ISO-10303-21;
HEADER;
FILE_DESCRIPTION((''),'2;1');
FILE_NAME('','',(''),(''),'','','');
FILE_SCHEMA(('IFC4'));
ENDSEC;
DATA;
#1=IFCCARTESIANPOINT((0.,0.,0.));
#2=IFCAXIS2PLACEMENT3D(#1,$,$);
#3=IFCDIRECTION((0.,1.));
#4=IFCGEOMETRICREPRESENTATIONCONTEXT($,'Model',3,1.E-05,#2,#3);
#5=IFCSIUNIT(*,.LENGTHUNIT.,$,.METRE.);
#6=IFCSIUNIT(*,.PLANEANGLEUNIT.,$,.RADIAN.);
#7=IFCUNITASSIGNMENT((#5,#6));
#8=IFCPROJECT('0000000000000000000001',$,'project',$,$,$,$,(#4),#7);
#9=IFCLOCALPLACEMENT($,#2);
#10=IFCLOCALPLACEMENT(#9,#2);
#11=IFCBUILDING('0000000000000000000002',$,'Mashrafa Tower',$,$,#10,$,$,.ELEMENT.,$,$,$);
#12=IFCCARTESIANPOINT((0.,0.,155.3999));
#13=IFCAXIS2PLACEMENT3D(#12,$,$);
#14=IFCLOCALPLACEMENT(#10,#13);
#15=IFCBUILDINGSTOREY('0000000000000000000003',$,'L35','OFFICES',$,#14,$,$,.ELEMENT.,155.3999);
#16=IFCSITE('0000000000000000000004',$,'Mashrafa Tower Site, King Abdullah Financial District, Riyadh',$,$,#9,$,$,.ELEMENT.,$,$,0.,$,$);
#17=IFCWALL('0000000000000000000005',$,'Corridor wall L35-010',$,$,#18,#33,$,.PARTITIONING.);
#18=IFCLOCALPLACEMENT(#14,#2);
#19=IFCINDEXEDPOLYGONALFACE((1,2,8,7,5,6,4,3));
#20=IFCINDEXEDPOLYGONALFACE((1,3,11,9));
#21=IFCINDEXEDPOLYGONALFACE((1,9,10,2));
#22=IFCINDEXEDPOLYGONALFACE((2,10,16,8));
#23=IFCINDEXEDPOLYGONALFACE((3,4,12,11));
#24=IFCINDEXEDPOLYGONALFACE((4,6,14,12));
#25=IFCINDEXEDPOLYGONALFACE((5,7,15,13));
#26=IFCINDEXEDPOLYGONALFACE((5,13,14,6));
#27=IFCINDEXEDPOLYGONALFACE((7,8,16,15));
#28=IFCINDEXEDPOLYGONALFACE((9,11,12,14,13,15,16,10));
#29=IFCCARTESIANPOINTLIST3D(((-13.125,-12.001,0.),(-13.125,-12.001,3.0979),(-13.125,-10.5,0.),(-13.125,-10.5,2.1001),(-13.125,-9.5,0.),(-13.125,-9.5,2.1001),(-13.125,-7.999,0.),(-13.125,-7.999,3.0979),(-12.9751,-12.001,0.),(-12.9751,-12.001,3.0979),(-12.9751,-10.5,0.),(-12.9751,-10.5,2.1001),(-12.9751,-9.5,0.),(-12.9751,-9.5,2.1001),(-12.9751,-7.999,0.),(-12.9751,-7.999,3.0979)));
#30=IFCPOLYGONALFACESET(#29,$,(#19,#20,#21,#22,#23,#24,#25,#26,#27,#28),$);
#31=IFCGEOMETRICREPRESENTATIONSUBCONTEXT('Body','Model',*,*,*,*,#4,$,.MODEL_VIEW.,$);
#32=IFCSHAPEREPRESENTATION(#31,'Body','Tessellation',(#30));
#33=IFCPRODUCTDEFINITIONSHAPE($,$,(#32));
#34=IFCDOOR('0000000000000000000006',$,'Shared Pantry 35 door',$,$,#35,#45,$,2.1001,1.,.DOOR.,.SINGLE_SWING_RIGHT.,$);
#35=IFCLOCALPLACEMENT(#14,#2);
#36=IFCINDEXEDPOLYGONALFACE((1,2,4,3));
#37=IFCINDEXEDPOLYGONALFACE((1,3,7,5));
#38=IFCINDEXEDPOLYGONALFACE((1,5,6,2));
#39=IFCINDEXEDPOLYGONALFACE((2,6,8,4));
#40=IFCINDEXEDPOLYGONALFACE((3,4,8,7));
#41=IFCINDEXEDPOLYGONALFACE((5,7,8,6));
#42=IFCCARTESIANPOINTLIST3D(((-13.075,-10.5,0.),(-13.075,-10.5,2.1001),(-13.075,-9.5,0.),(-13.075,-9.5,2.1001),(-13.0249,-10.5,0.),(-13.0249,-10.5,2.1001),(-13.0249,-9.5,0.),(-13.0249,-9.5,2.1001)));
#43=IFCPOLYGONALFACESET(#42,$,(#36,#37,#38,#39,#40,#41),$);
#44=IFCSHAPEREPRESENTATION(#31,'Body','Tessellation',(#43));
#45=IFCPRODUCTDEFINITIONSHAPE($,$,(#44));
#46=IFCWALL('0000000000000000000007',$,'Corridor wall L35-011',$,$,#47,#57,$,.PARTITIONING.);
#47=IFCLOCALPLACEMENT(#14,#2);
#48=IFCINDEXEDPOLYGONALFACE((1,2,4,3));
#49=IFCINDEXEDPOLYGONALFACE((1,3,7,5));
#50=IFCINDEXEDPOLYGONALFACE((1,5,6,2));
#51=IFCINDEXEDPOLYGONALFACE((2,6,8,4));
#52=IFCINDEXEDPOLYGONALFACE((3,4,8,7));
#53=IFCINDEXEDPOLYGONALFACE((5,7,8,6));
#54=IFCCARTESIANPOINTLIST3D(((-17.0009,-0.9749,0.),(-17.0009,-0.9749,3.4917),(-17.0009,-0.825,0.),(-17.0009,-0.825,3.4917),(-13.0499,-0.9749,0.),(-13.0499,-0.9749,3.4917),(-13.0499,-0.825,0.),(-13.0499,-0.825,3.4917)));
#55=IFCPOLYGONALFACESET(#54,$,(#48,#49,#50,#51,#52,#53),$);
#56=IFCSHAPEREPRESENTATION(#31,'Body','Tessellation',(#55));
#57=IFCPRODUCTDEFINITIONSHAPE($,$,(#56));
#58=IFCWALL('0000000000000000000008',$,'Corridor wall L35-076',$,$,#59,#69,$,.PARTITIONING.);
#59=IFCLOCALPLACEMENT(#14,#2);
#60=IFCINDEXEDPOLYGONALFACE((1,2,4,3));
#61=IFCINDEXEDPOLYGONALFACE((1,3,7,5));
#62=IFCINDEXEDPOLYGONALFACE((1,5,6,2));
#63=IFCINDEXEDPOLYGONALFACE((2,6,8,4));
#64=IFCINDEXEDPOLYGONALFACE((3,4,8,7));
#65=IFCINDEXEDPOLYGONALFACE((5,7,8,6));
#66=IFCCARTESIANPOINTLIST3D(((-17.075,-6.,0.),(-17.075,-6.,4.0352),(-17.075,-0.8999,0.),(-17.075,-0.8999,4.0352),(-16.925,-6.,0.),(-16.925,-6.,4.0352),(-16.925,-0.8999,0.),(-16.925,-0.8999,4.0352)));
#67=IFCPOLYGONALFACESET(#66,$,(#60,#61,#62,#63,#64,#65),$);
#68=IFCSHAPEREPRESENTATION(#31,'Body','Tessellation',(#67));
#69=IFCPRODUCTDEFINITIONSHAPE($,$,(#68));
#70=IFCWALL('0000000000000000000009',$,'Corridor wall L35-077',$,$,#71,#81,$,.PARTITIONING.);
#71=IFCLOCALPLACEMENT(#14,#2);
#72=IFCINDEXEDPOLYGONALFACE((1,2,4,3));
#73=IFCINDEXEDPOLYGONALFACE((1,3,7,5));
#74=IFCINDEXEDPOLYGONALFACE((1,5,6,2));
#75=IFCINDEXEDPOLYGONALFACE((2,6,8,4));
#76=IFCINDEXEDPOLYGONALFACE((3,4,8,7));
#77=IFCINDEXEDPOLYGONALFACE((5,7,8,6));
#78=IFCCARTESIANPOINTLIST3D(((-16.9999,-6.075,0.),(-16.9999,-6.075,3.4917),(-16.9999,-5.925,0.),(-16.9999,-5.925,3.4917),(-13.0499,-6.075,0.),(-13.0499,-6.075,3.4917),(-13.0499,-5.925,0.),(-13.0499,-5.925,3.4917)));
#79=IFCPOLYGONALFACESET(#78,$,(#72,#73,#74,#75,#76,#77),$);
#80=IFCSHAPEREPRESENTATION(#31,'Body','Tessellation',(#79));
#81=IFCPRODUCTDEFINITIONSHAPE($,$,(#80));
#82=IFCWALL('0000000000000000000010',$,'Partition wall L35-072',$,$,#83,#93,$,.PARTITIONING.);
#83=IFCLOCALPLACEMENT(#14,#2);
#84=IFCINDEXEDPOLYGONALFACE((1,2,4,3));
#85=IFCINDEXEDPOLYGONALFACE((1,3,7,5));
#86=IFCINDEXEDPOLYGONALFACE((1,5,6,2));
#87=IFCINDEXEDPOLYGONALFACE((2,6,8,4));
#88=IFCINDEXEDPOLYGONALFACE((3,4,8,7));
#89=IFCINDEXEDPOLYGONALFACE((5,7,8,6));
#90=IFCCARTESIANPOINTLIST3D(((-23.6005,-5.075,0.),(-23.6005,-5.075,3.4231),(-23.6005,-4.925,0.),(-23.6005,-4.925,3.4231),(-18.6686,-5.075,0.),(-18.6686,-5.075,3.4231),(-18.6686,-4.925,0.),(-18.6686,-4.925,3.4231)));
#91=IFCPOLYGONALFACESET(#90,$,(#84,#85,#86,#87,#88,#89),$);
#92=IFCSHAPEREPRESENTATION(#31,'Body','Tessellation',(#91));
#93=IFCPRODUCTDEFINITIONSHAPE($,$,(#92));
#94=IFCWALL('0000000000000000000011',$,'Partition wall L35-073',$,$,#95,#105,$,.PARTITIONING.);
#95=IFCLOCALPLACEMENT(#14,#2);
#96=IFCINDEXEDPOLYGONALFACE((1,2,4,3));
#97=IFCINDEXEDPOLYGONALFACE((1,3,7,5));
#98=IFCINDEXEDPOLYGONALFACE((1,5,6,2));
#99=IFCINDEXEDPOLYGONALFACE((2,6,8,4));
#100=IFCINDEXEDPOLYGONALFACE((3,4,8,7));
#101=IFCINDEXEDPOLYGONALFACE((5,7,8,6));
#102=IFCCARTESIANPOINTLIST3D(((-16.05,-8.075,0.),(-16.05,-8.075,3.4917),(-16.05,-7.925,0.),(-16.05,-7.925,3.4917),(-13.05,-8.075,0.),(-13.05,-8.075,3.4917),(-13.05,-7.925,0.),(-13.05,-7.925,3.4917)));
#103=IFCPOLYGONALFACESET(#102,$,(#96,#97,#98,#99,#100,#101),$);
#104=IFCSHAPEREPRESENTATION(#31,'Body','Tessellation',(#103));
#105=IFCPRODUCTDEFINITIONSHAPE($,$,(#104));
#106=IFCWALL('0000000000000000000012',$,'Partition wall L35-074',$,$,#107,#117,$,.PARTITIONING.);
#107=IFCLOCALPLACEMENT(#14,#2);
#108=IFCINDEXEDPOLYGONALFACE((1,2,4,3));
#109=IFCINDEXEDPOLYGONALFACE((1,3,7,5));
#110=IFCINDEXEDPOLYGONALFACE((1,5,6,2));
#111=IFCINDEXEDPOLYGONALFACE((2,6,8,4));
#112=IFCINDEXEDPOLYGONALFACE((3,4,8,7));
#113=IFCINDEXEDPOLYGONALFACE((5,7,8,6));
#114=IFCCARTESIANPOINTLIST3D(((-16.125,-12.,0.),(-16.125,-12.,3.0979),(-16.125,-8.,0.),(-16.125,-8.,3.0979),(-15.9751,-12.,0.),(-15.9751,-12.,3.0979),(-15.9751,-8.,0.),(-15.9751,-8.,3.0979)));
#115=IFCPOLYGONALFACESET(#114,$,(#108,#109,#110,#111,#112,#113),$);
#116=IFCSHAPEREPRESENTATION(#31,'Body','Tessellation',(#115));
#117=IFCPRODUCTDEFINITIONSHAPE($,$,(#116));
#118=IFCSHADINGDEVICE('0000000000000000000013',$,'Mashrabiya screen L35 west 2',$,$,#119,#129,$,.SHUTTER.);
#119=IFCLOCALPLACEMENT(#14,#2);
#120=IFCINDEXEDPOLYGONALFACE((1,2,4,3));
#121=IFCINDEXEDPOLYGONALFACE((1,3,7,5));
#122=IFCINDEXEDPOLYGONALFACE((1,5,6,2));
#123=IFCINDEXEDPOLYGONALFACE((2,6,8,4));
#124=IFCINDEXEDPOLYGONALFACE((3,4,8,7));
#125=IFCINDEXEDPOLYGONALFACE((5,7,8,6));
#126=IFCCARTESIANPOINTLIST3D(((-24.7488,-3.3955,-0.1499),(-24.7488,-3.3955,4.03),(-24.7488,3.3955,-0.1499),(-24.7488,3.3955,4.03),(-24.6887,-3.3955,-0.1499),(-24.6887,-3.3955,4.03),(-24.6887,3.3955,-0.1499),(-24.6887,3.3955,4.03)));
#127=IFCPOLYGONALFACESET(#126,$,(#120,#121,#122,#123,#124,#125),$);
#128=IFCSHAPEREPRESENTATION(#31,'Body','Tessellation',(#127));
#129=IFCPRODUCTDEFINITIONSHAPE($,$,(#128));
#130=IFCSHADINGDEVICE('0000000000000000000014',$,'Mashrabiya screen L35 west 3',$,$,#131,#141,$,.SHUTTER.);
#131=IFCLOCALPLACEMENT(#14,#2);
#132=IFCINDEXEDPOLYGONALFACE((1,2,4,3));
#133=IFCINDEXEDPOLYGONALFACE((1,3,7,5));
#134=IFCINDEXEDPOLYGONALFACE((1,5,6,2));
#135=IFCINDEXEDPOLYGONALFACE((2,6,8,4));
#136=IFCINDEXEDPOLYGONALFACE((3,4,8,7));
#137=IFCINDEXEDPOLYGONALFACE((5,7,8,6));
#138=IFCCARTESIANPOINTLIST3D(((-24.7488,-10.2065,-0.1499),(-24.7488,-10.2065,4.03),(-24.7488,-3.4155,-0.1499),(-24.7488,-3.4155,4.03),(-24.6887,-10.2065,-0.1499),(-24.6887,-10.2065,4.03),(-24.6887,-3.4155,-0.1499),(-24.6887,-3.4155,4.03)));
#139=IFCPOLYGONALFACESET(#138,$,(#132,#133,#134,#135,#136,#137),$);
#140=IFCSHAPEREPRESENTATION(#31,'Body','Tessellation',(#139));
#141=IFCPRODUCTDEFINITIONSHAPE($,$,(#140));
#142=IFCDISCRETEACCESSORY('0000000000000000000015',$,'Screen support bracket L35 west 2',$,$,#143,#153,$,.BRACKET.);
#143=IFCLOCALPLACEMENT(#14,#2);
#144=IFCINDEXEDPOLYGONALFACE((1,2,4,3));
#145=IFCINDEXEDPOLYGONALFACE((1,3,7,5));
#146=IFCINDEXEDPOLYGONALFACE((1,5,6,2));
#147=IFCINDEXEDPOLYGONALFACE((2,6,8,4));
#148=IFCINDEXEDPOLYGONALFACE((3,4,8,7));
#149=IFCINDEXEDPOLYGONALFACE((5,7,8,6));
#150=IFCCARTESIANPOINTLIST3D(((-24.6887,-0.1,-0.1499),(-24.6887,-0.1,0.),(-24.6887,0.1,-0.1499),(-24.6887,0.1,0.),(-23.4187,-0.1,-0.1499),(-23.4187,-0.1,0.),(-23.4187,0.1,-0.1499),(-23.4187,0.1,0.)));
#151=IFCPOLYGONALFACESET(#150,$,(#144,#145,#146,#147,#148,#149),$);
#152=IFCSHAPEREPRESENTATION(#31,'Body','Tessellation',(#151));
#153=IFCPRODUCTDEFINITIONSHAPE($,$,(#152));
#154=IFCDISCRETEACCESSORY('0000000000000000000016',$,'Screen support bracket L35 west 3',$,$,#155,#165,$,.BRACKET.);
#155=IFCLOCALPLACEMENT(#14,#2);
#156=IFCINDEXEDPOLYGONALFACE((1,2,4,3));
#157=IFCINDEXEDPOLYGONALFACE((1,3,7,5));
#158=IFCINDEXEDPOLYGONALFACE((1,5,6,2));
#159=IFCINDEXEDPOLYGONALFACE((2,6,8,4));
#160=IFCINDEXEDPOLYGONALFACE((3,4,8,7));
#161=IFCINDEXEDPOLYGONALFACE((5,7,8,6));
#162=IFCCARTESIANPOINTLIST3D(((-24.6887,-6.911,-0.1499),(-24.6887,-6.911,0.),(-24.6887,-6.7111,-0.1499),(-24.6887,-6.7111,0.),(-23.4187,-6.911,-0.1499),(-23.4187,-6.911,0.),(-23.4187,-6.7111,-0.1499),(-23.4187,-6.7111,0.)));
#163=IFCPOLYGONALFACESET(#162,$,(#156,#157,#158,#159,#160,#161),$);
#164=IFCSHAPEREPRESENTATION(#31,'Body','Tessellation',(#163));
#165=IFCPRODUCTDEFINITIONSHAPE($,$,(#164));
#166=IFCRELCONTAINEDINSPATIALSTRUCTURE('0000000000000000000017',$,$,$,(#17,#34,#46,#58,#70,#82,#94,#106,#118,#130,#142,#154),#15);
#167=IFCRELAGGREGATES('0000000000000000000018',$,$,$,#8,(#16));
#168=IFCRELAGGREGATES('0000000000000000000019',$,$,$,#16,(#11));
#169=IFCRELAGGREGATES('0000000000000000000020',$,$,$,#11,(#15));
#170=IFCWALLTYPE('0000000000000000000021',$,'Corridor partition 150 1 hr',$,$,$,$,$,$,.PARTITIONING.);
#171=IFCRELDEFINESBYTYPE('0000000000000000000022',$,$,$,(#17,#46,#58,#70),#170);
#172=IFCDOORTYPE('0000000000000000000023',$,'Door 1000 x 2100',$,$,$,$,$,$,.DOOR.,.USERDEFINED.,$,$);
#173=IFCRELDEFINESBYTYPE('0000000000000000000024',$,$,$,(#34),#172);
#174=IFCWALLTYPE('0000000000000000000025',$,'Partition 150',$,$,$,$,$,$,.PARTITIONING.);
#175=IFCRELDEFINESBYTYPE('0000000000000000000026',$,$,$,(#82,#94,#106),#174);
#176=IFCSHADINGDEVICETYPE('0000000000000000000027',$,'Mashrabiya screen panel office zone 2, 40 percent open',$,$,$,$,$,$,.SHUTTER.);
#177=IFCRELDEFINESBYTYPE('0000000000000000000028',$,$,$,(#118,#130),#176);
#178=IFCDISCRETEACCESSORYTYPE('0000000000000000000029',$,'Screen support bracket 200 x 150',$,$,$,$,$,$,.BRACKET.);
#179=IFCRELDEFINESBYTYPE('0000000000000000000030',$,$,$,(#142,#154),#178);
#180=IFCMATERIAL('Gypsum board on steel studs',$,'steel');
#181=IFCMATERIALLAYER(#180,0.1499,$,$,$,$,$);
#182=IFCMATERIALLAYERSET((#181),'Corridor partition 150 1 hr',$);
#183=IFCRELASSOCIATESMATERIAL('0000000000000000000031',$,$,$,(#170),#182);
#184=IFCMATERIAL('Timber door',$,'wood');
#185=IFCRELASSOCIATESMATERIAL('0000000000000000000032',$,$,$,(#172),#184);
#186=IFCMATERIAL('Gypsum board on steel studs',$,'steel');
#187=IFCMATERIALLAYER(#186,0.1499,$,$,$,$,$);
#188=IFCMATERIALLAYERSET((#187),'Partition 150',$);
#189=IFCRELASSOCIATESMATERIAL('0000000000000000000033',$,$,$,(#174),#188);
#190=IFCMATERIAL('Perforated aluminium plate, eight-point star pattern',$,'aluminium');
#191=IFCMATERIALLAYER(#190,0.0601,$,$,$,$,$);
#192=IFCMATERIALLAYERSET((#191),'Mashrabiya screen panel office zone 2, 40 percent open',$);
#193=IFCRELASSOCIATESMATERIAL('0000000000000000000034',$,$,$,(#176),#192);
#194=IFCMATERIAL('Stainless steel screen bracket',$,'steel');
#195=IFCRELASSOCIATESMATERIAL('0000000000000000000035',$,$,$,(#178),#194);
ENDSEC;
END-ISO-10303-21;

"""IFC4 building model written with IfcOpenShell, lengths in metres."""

from ifc_helpers import new_model, si_unit, direction, frame, frame_2d, origin, origin_2d, place, context, subcontext, project, spatial, rectangle, extrude, source, transform, mapped, material, layer, layer_set, type_object, type_shapes, element, fill, save


model = new_model("IFC4")

# Units and contexts
model_context = context("Model", 3, precision=1e-05, world=origin(), true_north=direction((0.0, 1.0)))
body_context = subcontext(model_context, "Body", "Model", "MODEL_VIEW")
ifc_project = project(units=[si_unit("LENGTHUNIT", "METRE"), si_unit("PLANEANGLEUNIT", "RADIAN")], contexts=[model_context])

# Site, building, storey
site_placement = place(None, origin())
site = spatial("IfcSite", under=ifc_project, at=site_placement, Name="Mashrafa Tower Site, King Abdullah Financial District, Riyadh", CompositionType="ELEMENT", RefElevation=0.0)
building_placement = place(site_placement, origin())
building = spatial("IfcBuilding", under=site, at=building_placement, Name="Mashrafa Tower", CompositionType="ELEMENT")
storey_placement = place(building_placement, frame((0.0, 0.0, 155.3999)))
storey = spatial("IfcBuildingStorey", under=building, at=storey_placement, Name="L35", Description="OFFICES", CompositionType="ELEMENT", Elevation=155.3999)

# Wall, opening, door
ifc_material_1 = material(Name="Gypsum board on steel studs", Category="steel")
ifc_layer_1 = layer(ifc_material_1, 0.1499)
ifc_layer_set_1 = layer_set([ifc_layer_1], Name="Corridor partition 150 1 hr")
wall_type_1 = type_object("IfcWallType", Name="Corridor partition 150 1 hr", PredefinedType="PARTITIONING", material=ifc_layer_set_1)
wall_1_placement = place(storey_placement, frame((-13.05, -7.999, 0.0), z_axis=(0.0, 0.0, 1.0), x_axis=(0.0, -1.0, 0.0)))
wall_1 = element("IfcWall", 1, at=wall_1_placement, inside=storey, type_object=wall_type_1, Name="Corridor wall L35-010", PredefinedType="PARTITIONING", context=body_context, shape_type="SweptSolid", body=[
    extrude(rectangle(XDim=4.002, YDim=0.1499, at=frame_2d((2.001, 0.0))), origin(), (0.0, 0.0, 1.0), 3.0979),
])
opening_1_placement = place(wall_1_placement, frame((1.501, 0.0, 0.0)))
opening_1 = element("IfcOpeningElement", 2, at=opening_1_placement, cuts=wall_1, PredefinedType="OPENING", context=body_context, shape_type="SweptSolid", body=[
    extrude(rectangle(XDim=1.0, YDim=2.1001, at=frame_2d((0.5, 1.05))), frame((0.0, 0.085, 0.0), z_axis=(0.0, -1.0, 0.0), x_axis=(1.0, 0.0, 0.0)), (0.0, 0.0, 1.0), 0.1699),
])
ifc_material_2 = material(Name="Timber door", Category="wood")
door_type_1 = type_object("IfcDoorType", Name="Door 1000 x 2100", OperationType="USERDEFINED", PredefinedType="DOOR", material=ifc_material_2)
door_1_placement = place(opening_1_placement, frame((1.0, 0.0, 0.0), z_axis=(0.0, 0.0, 1.0), x_axis=(-1.0, 0.0, 0.0)))
door_1 = element("IfcDoor", 3, at=door_1_placement, inside=storey, type_object=door_type_1, Name="Shared Pantry 35 door", OperationType="SINGLE_SWING_RIGHT", OverallHeight=2.1001, OverallWidth=1.0, PredefinedType="DOOR", context=body_context, shape_type="SweptSolid", body=[
    extrude(rectangle(XDim=1.0, YDim=2.1001, at=frame_2d((0.5, 1.05))), frame((0.0, 0.0249, 0.0), z_axis=(0.0, -1.0, 0.0), x_axis=(1.0, 0.0, 0.0)), (0.0, 0.0, 1.0), 0.05),
])
fill(opening_1, door_1)

# Wall
wall_2_placement = place(storey_placement, frame((-17.001, -0.8999, 0.0), z_axis=(0.0, 0.0, 1.0), x_axis=(1.0, 0.0, 0.0)))
element("IfcWall", 4, at=wall_2_placement, inside=storey, type_object=wall_type_1, Name="Corridor wall L35-011", PredefinedType="PARTITIONING", context=body_context, shape_type="SweptSolid", body=[
    extrude(rectangle(XDim=3.9509, YDim=0.1499, at=frame_2d((1.9756, 0.0))), origin(), (0.0, 0.0, 1.0), 3.4917),
])

# Walls
wall_3_placement = place(storey_placement, frame((-17.0, -0.8999, 0.0), z_axis=(0.0, 0.0, 1.0), x_axis=(0.0, -1.0, 0.0)))
element("IfcWall", 5, at=wall_3_placement, inside=storey, type_object=wall_type_1, Name="Corridor wall L35-076", PredefinedType="PARTITIONING", context=body_context, shape_type="SweptSolid", body=[
    extrude(rectangle(XDim=5.1001, YDim=0.1499, at=frame_2d((2.55, 0.0))), origin(), (0.0, 0.0, 1.0), 4.0352),
])
wall_4_placement = place(storey_placement, frame((-17.0, -6.0, 0.0), z_axis=(0.0, 0.0, 1.0), x_axis=(1.0, 0.0, 0.0)))
element("IfcWall", 6, at=wall_4_placement, inside=storey, type_object=wall_type_1, Name="Corridor wall L35-077", PredefinedType="PARTITIONING", context=body_context, shape_type="SweptSolid", body=[
    extrude(rectangle(XDim=3.95, YDim=0.1499, at=frame_2d((1.9751, 0.0))), origin(), (0.0, 0.0, 1.0), 3.4917),
])
ifc_material_3 = material(Name="Gypsum board on steel studs", Category="steel")
ifc_layer_2 = layer(ifc_material_3, 0.1499)
ifc_layer_set_2 = layer_set([ifc_layer_2], Name="Partition 150")
wall_type_2 = type_object("IfcWallType", Name="Partition 150", PredefinedType="PARTITIONING", material=ifc_layer_set_2)
wall_5_placement = place(storey_placement, frame((-18.6687, -5.0, 0.0), z_axis=(0.0, 0.0, 1.0), x_axis=(-1.0, 0.0, 0.0)))
element("IfcWall", 7, at=wall_5_placement, inside=storey, type_object=wall_type_2, Name="Partition wall L35-072", PredefinedType="PARTITIONING", context=body_context, shape_type="SweptSolid", body=[
    extrude(rectangle(XDim=4.9319, YDim=0.1499, at=frame_2d((2.4658, 0.0))), origin(), (0.0, 0.0, 1.0), 3.4231),
])
wall_6_placement = place(storey_placement, frame((-13.05, -8.0, 0.0), z_axis=(0.0, 0.0, 1.0), x_axis=(-1.0, 0.0, 0.0)))
element("IfcWall", 8, at=wall_6_placement, inside=storey, type_object=wall_type_2, Name="Partition wall L35-073", PredefinedType="PARTITIONING", context=body_context, shape_type="SweptSolid", body=[
    extrude(rectangle(XDim=3.0, YDim=0.1499, at=frame_2d((1.5, 0.0))), origin(), (0.0, 0.0, 1.0), 3.4917),
])
wall_7_placement = place(storey_placement, frame((-16.05, -8.0, 0.0), z_axis=(0.0, 0.0, 1.0), x_axis=(0.0, -1.0, 0.0)))
element("IfcWall", 9, at=wall_7_placement, inside=storey, type_object=wall_type_2, Name="Partition wall L35-074", PredefinedType="PARTITIONING", context=body_context, shape_type="SweptSolid", body=[
    extrude(rectangle(XDim=4.0, YDim=0.1499, at=frame_2d((2.0, 0.0))), origin(), (0.0, 0.0, 1.0), 3.0979),
])

# Shading devices
ifc_material_4 = material(Name="Perforated aluminium plate, eight-point star pattern", Category="aluminium")
ifc_layer_3 = layer(ifc_material_4, 0.0601)
ifc_layer_set_3 = layer_set([ifc_layer_3], Name="Mashrabiya screen panel office zone 2, 40 percent open")
shading_device_type = type_object("IfcShadingDeviceType", Name="Mashrabiya screen panel office zone 2, 40 percent open", PredefinedType="SHUTTER", material=ifc_layer_set_3)
shared_shape_1 = source(origin(), body_context, "Body", "SweptSolid", [
    extrude(rectangle(XDim=6.791, YDim=0.0601, at=origin_2d()), origin(), (0.0, 0.0, 1.0), 4.1799),
])
type_shapes(shading_device_type, [shared_shape_1])
for number, where, z_axis, x_axis, name in (
    (10, (-24.7188, 0.0, -0.1499), (0.0, 0.0, 1.0), (0.0, -1.0, 0.0), "Mashrabiya screen L35 west 2"),
    (11, (-24.7188, -6.811, -0.1499), (0.0, 0.0, 1.0), (0.0, -1.0, 0.0), "Mashrabiya screen L35 west 3"),
):
    element("IfcShadingDevice", number, at=place(storey_placement, frame(where, z_axis=z_axis, x_axis=x_axis)), inside=storey, type_object=shading_device_type, Name=name, PredefinedType="SHUTTER", context=body_context, shape_type="MappedRepresentation", body=[
        mapped(shared_shape_1, transform((0.0, 0.0, 0.0))),
    ])

# Discrete accessories
ifc_material_5 = material(Name="Stainless steel screen bracket", Category="steel")
discrete_accessory_type = type_object("IfcDiscreteAccessoryType", Name="Screen support bracket 200 x 150", PredefinedType="BRACKET", material=ifc_material_5)
shared_shape_2 = source(origin(), body_context, "Body", "SweptSolid", [
    extrude(rectangle(XDim=0.2, YDim=1.27, at=origin_2d()), origin(), (0.0, 0.0, 1.0), 0.1499),
])
type_shapes(discrete_accessory_type, [shared_shape_2])
for number, where, z_axis, x_axis, name in (
    (12, (-24.0537, 0.0, -0.1499), (0.0, 0.0, 1.0), (0.0, -1.0, 0.0), "Screen support bracket L35 west 2"),
    (13, (-24.0537, -6.811, -0.1499), (0.0, 0.0, 1.0), (0.0, -1.0, 0.0), "Screen support bracket L35 west 3"),
):
    element("IfcDiscreteAccessory", number, at=place(storey_placement, frame(where, z_axis=z_axis, x_axis=x_axis)), inside=storey, type_object=discrete_accessory_type, Name=name, PredefinedType="BRACKET", context=body_context, shape_type="MappedRepresentation", body=[
        mapped(shared_shape_2, transform((0.0, 0.0, 0.0))),
    ])

save(model, "model.ifc")
